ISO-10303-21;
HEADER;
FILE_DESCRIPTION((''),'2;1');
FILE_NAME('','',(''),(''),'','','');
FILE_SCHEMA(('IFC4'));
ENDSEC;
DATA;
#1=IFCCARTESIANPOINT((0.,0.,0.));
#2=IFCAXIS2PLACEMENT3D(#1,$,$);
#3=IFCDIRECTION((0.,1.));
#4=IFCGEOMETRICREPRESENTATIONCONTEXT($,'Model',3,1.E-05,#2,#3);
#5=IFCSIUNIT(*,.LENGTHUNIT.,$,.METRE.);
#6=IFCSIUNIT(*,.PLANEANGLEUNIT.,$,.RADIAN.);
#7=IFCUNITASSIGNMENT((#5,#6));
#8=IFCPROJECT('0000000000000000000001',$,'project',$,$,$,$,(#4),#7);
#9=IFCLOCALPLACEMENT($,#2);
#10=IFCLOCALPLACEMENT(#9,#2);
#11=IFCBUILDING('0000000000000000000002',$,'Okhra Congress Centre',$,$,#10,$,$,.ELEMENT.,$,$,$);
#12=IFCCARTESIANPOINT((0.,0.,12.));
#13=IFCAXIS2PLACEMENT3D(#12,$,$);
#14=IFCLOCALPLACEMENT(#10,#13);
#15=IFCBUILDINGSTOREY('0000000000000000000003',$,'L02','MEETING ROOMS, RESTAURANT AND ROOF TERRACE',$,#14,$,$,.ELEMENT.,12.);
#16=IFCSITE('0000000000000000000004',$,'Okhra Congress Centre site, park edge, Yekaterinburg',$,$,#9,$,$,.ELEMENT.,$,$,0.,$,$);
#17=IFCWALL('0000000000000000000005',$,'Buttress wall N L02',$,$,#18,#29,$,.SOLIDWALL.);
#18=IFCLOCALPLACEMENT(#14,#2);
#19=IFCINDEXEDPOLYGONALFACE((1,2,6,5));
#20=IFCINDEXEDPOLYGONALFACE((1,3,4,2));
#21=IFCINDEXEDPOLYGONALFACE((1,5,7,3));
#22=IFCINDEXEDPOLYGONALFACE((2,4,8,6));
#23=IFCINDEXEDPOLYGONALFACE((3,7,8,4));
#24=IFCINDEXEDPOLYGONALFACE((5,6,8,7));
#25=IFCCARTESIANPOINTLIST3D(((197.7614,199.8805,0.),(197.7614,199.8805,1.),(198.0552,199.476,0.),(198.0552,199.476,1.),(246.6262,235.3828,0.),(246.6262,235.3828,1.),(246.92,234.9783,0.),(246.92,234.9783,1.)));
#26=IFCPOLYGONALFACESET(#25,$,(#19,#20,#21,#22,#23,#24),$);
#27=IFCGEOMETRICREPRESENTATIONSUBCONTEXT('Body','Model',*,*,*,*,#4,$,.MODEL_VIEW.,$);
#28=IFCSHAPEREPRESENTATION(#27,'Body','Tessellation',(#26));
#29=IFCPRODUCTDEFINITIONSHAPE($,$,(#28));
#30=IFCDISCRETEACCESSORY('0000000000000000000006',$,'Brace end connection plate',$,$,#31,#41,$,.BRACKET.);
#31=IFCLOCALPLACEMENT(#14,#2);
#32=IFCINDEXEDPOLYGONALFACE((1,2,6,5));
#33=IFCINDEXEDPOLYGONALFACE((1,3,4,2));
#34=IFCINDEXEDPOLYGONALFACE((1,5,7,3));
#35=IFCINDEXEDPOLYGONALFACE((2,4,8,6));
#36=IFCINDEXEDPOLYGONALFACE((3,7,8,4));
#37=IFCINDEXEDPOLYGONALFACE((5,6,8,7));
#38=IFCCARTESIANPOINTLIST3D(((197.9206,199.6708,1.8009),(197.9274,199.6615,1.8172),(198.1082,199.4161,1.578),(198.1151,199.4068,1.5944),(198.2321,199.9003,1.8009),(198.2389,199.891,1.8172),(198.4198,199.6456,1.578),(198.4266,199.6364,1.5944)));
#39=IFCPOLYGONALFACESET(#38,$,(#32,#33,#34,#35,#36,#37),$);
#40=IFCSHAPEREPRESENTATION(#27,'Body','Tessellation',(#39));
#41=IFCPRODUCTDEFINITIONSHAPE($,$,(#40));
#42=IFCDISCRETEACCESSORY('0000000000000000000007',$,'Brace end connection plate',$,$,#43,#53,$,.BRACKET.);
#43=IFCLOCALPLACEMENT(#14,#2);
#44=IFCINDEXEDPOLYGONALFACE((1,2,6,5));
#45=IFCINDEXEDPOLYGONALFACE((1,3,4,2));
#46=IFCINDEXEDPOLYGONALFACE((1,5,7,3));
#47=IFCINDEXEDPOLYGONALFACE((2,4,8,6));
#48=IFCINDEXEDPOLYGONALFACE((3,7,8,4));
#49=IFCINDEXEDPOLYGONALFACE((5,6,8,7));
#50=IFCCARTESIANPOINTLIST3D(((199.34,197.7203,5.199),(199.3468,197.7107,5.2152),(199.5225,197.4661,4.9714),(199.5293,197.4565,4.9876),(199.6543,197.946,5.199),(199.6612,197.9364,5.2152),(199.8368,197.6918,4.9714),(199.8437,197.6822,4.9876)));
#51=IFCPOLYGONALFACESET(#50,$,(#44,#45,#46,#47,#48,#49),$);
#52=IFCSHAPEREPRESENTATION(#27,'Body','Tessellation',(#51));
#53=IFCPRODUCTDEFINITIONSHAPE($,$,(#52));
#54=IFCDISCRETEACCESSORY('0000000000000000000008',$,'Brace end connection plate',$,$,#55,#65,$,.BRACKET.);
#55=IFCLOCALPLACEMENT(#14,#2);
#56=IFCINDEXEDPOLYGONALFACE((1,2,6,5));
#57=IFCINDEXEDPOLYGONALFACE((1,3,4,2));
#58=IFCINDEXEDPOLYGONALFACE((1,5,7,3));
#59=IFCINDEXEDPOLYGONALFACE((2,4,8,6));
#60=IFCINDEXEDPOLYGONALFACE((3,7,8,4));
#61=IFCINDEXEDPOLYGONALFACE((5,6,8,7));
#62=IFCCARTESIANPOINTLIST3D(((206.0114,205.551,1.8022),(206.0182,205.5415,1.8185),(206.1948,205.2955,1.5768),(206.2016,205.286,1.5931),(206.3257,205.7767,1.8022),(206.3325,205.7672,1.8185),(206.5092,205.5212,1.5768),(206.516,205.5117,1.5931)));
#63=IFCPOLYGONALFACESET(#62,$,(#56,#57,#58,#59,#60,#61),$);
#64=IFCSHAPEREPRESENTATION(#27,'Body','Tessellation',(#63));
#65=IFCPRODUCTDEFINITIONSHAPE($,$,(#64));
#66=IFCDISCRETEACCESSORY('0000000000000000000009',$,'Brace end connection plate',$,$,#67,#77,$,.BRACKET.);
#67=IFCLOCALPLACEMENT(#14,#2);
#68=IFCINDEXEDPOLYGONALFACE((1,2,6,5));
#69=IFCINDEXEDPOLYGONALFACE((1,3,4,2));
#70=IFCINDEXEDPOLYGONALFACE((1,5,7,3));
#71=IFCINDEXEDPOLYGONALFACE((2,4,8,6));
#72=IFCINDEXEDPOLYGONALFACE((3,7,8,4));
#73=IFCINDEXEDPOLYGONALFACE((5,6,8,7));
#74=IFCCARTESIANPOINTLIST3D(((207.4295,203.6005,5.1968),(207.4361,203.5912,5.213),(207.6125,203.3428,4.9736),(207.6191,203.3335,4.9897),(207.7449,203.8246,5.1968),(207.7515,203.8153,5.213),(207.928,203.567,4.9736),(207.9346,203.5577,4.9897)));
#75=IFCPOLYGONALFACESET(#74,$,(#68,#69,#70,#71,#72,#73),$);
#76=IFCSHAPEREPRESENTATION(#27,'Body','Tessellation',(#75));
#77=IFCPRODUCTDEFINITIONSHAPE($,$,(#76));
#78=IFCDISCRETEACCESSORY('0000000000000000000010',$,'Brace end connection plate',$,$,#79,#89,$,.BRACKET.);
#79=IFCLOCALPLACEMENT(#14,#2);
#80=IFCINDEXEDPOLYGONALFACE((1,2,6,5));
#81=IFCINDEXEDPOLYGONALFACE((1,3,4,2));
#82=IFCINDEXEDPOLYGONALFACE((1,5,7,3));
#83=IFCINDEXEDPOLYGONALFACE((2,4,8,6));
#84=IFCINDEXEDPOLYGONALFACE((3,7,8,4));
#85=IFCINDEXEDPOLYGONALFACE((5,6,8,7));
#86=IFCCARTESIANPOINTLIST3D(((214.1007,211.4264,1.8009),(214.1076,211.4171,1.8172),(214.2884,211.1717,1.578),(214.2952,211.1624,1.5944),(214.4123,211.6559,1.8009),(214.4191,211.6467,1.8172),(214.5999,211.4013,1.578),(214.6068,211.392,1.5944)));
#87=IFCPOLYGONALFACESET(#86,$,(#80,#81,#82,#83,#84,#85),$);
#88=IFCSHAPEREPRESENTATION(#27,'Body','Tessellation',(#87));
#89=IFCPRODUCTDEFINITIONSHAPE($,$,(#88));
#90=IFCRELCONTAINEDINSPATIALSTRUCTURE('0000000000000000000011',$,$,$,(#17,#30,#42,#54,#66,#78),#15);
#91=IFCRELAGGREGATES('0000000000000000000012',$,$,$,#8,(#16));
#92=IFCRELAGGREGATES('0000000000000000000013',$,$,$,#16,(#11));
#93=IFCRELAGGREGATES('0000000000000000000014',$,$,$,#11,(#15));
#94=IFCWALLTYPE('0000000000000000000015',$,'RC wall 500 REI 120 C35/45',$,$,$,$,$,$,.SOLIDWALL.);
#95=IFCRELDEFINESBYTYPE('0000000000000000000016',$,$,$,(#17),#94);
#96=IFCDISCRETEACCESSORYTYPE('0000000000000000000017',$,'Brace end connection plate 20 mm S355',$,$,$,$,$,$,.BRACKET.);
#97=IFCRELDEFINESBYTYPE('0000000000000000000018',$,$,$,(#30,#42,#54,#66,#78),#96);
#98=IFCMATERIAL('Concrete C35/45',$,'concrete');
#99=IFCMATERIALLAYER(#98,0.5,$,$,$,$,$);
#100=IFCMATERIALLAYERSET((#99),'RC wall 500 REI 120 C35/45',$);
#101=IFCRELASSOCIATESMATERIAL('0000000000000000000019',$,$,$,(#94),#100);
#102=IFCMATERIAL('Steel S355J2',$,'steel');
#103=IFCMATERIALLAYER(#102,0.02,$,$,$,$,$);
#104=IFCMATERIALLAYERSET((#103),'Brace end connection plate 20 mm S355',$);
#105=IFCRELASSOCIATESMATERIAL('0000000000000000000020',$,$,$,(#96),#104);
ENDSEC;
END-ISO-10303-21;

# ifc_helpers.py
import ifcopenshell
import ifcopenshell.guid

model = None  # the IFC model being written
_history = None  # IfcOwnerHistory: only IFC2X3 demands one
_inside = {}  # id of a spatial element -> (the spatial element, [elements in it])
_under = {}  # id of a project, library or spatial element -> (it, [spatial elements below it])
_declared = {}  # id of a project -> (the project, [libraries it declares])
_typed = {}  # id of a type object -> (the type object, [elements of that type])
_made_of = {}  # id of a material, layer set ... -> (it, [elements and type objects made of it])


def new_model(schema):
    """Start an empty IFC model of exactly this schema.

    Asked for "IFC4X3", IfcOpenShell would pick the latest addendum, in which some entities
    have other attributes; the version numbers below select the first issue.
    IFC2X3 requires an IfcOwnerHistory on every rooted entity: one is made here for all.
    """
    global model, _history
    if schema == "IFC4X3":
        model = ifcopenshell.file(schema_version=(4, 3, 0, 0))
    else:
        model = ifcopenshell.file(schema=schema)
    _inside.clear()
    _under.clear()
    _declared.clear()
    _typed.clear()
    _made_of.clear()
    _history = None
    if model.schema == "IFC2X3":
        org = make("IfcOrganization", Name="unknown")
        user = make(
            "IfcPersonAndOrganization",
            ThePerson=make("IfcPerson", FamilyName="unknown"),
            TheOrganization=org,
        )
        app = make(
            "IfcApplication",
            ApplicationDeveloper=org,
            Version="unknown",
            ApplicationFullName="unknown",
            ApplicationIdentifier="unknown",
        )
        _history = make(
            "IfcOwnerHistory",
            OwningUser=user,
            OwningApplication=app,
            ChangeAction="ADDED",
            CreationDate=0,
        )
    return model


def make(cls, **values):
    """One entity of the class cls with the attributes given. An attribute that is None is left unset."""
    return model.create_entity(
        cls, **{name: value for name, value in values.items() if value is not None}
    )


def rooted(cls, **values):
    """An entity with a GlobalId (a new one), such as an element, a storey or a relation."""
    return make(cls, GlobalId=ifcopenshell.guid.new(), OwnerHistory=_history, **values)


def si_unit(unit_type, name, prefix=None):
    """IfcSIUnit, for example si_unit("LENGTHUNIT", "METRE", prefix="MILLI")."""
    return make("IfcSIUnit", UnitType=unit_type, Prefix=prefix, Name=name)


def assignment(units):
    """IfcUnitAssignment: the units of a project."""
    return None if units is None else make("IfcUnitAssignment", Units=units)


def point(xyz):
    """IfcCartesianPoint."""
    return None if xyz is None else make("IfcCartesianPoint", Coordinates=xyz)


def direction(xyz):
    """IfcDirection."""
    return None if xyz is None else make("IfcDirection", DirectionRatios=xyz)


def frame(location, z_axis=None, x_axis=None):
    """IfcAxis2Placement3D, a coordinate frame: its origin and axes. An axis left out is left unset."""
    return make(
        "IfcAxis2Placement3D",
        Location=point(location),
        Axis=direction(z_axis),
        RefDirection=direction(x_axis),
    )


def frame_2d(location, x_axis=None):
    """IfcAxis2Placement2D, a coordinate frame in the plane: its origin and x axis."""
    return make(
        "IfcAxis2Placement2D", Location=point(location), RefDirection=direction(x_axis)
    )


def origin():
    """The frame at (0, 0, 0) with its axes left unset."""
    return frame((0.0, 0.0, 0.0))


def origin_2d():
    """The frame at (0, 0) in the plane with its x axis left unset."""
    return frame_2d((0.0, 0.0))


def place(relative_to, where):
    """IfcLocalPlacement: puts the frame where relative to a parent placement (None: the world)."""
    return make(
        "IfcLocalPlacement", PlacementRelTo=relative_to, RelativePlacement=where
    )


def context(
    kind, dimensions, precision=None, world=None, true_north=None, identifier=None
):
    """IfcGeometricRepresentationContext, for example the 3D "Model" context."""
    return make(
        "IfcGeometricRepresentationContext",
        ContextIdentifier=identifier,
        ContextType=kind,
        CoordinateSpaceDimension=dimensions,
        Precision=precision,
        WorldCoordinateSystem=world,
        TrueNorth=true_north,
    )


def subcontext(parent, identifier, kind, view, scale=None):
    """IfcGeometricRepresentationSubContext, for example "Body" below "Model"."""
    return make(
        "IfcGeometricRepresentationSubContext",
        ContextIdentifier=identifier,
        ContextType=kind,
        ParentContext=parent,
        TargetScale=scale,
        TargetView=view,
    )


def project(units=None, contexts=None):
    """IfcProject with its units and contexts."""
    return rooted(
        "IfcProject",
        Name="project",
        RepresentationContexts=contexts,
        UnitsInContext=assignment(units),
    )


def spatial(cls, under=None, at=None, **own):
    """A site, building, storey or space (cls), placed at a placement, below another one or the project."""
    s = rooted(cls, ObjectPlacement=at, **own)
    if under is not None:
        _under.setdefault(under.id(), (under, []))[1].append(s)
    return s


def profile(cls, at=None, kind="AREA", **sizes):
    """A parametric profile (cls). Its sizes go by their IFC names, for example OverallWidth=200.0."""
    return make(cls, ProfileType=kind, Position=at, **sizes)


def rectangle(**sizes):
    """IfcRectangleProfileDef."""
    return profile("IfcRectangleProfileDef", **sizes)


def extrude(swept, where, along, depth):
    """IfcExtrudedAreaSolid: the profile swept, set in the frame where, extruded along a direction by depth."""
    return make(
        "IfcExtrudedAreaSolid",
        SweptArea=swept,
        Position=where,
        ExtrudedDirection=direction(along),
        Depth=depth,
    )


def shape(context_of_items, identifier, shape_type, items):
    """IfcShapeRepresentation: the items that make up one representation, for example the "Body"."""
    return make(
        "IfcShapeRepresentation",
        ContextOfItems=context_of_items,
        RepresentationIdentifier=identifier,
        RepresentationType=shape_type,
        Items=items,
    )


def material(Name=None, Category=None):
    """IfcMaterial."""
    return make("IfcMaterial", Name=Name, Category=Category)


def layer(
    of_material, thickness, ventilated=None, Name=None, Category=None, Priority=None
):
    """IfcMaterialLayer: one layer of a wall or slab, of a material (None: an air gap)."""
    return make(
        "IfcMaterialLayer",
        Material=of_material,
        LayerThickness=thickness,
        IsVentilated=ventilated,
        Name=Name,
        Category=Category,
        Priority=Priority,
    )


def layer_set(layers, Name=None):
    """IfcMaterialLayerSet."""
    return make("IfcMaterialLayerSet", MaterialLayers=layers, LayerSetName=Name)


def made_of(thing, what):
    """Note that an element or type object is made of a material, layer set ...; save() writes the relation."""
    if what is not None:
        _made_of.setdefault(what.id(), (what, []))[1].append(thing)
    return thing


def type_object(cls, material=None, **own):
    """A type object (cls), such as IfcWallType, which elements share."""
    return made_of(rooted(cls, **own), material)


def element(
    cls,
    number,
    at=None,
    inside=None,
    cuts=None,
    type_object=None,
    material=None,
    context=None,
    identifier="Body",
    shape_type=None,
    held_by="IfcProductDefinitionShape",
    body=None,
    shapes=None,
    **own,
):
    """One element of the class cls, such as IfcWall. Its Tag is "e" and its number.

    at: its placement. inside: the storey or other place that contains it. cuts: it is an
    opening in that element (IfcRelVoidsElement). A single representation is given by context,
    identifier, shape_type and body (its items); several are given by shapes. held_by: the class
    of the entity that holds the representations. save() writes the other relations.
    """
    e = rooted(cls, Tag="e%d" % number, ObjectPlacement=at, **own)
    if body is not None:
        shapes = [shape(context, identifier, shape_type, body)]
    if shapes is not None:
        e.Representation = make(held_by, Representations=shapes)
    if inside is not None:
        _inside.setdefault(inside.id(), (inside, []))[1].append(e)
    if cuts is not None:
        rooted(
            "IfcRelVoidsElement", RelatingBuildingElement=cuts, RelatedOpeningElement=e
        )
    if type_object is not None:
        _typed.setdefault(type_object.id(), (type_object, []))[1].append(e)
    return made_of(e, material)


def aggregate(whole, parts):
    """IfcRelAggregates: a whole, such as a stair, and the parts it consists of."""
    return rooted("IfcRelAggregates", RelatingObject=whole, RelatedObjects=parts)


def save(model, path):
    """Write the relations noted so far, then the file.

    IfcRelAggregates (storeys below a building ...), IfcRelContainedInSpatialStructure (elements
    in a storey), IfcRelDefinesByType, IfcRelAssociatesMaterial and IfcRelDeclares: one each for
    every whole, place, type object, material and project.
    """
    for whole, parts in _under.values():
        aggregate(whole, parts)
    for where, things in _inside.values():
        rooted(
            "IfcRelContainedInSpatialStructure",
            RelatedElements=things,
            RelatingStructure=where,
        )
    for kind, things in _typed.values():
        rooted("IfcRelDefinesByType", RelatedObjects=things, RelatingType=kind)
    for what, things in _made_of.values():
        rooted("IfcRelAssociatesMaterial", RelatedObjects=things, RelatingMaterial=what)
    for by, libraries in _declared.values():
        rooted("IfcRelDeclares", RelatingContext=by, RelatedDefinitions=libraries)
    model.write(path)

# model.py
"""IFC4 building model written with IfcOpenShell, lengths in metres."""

from ifc_helpers import new_model, si_unit, direction, frame, frame_2d, origin, origin_2d, place, context, subcontext, project, spatial, rectangle, extrude, material, layer, layer_set, type_object, element, save


model = new_model("IFC4")

# Units and contexts
model_context = context("Model", 3, precision=1e-05, world=origin(), true_north=direction((0.0, 1.0)))
body_context = subcontext(model_context, "Body", "Model", "MODEL_VIEW")
ifc_project = project(units=[si_unit("LENGTHUNIT", "METRE"), si_unit("PLANEANGLEUNIT", "RADIAN")], contexts=[model_context])

# Site, building, storey
site_placement = place(None, origin())
site = spatial("IfcSite", under=ifc_project, at=site_placement, Name="Okhra Congress Centre site, park edge, Yekaterinburg", CompositionType="ELEMENT", RefElevation=0.0)
building_placement = place(site_placement, origin())
building = spatial("IfcBuilding", under=site, at=building_placement, Name="Okhra Congress Centre", CompositionType="ELEMENT")
storey_placement = place(building_placement, frame((0.0, 0.0, 12.0)))
storey = spatial("IfcBuildingStorey", under=building, at=storey_placement, Name="L02", Description="MEETING ROOMS, RESTAURANT AND ROOF TERRACE", CompositionType="ELEMENT", Elevation=12.0)

# Shared definitions
ifc_material_1 = material(Name="Steel S355J2", Category="steel")

# Wall
ifc_material_2 = material(Name="Concrete C35/45", Category="concrete")
ifc_layer_1 = layer(ifc_material_2, 0.5)
ifc_layer_set_1 = layer_set([ifc_layer_1], Name="RC wall 500 REI 120 C35/45")
wall_type_1 = type_object("IfcWallType", Name="RC wall 500 REI 120 C35/45", PredefinedType="SOLIDWALL", material=ifc_layer_set_1)
wall_1_placement = place(storey_placement, frame((197.9082, 199.6782, 0.0), z_axis=(0.0, 0.0, 1.0), x_axis=(0.809018, 0.587784, 0.0)))
element("IfcWall", 1, at=wall_1_placement, inside=storey, type_object=wall_type_1, Name="Buttress wall N L02", PredefinedType="SOLIDWALL", context=body_context, shape_type="SweptSolid", body=[
    extrude(rectangle(XDim=60.4001, YDim=0.5, at=frame_2d((30.2002, 0.0))), origin(), (0.0, 0.0, 1.0), 1.0),
])

# Discrete accessories
ifc_layer_2 = layer(ifc_material_1, 0.02)
ifc_layer_set_2 = layer_set([ifc_layer_2], Name="Brace end connection plate 20 mm S355")
discrete_accessory_type = type_object("IfcDiscreteAccessoryType", Name="Brace end connection plate 20 mm S355", PredefinedType="BRACKET", material=ifc_layer_set_2)
for number, where, z_axis, x_axis, name in (
    (2, (198.177, 199.6489, 1.7058), (-0.341641, 0.463656, -0.817499), (-0.805056, -0.593199, 0.0), "Brace end connection plate"),
    (3, (199.5884, 197.7061, 5.0852), (0.343074, -0.477854, 0.808675), (0.812324, 0.583207, 0.0), "Brace end connection plate"),
    (4, (206.2671, 205.5266, 1.7058), (-0.3397, 0.473153, -0.812853), (-0.812324, -0.583207, 0.0), "Brace end connection plate"),
):
    element("IfcDiscreteAccessory", number, at=place(storey_placement, frame(where, z_axis=z_axis, x_axis=x_axis)), inside=storey, type_object=discrete_accessory_type, Name=name, PredefinedType="BRACKET", context=body_context, shape_type="SweptSolid", body=[
        extrude(rectangle(XDim=0.387, YDim=0.387, at=origin_2d()), origin(), (0.0, 0.0, 1.0), 0.02),
    ])
discrete_accessory_1_placement = place(storey_placement, frame((207.6787, 203.5837, 5.0852), z_axis=(0.334149, -0.470284, 0.816809), x_axis=(0.81518, 0.579207, 0.0)))
element("IfcDiscreteAccessory", 5, at=discrete_accessory_1_placement, inside=storey, type_object=discrete_accessory_type, Name="Brace end connection plate", PredefinedType="BRACKET", context=body_context, shape_type="SweptSolid", body=[
    extrude(rectangle(XDim=0.387, YDim=0.387, at=origin_2d()), origin(), (0.0, 0.0, 1.0), 0.0198),
])
discrete_accessory_2_placement = place(storey_placement, frame((214.3572, 211.4045, 1.7058), z_axis=(-0.341641, 0.463656, -0.817499), x_axis=(-0.805056, -0.593199, 0.0)))
element("IfcDiscreteAccessory", 6, at=discrete_accessory_2_placement, inside=storey, type_object=discrete_accessory_type, Name="Brace end connection plate", PredefinedType="BRACKET", context=body_context, shape_type="SweptSolid", body=[
    extrude(rectangle(XDim=0.387, YDim=0.387, at=origin_2d()), origin(), (0.0, 0.0, 1.0), 0.02),
])

save(model, "model.ifc")
